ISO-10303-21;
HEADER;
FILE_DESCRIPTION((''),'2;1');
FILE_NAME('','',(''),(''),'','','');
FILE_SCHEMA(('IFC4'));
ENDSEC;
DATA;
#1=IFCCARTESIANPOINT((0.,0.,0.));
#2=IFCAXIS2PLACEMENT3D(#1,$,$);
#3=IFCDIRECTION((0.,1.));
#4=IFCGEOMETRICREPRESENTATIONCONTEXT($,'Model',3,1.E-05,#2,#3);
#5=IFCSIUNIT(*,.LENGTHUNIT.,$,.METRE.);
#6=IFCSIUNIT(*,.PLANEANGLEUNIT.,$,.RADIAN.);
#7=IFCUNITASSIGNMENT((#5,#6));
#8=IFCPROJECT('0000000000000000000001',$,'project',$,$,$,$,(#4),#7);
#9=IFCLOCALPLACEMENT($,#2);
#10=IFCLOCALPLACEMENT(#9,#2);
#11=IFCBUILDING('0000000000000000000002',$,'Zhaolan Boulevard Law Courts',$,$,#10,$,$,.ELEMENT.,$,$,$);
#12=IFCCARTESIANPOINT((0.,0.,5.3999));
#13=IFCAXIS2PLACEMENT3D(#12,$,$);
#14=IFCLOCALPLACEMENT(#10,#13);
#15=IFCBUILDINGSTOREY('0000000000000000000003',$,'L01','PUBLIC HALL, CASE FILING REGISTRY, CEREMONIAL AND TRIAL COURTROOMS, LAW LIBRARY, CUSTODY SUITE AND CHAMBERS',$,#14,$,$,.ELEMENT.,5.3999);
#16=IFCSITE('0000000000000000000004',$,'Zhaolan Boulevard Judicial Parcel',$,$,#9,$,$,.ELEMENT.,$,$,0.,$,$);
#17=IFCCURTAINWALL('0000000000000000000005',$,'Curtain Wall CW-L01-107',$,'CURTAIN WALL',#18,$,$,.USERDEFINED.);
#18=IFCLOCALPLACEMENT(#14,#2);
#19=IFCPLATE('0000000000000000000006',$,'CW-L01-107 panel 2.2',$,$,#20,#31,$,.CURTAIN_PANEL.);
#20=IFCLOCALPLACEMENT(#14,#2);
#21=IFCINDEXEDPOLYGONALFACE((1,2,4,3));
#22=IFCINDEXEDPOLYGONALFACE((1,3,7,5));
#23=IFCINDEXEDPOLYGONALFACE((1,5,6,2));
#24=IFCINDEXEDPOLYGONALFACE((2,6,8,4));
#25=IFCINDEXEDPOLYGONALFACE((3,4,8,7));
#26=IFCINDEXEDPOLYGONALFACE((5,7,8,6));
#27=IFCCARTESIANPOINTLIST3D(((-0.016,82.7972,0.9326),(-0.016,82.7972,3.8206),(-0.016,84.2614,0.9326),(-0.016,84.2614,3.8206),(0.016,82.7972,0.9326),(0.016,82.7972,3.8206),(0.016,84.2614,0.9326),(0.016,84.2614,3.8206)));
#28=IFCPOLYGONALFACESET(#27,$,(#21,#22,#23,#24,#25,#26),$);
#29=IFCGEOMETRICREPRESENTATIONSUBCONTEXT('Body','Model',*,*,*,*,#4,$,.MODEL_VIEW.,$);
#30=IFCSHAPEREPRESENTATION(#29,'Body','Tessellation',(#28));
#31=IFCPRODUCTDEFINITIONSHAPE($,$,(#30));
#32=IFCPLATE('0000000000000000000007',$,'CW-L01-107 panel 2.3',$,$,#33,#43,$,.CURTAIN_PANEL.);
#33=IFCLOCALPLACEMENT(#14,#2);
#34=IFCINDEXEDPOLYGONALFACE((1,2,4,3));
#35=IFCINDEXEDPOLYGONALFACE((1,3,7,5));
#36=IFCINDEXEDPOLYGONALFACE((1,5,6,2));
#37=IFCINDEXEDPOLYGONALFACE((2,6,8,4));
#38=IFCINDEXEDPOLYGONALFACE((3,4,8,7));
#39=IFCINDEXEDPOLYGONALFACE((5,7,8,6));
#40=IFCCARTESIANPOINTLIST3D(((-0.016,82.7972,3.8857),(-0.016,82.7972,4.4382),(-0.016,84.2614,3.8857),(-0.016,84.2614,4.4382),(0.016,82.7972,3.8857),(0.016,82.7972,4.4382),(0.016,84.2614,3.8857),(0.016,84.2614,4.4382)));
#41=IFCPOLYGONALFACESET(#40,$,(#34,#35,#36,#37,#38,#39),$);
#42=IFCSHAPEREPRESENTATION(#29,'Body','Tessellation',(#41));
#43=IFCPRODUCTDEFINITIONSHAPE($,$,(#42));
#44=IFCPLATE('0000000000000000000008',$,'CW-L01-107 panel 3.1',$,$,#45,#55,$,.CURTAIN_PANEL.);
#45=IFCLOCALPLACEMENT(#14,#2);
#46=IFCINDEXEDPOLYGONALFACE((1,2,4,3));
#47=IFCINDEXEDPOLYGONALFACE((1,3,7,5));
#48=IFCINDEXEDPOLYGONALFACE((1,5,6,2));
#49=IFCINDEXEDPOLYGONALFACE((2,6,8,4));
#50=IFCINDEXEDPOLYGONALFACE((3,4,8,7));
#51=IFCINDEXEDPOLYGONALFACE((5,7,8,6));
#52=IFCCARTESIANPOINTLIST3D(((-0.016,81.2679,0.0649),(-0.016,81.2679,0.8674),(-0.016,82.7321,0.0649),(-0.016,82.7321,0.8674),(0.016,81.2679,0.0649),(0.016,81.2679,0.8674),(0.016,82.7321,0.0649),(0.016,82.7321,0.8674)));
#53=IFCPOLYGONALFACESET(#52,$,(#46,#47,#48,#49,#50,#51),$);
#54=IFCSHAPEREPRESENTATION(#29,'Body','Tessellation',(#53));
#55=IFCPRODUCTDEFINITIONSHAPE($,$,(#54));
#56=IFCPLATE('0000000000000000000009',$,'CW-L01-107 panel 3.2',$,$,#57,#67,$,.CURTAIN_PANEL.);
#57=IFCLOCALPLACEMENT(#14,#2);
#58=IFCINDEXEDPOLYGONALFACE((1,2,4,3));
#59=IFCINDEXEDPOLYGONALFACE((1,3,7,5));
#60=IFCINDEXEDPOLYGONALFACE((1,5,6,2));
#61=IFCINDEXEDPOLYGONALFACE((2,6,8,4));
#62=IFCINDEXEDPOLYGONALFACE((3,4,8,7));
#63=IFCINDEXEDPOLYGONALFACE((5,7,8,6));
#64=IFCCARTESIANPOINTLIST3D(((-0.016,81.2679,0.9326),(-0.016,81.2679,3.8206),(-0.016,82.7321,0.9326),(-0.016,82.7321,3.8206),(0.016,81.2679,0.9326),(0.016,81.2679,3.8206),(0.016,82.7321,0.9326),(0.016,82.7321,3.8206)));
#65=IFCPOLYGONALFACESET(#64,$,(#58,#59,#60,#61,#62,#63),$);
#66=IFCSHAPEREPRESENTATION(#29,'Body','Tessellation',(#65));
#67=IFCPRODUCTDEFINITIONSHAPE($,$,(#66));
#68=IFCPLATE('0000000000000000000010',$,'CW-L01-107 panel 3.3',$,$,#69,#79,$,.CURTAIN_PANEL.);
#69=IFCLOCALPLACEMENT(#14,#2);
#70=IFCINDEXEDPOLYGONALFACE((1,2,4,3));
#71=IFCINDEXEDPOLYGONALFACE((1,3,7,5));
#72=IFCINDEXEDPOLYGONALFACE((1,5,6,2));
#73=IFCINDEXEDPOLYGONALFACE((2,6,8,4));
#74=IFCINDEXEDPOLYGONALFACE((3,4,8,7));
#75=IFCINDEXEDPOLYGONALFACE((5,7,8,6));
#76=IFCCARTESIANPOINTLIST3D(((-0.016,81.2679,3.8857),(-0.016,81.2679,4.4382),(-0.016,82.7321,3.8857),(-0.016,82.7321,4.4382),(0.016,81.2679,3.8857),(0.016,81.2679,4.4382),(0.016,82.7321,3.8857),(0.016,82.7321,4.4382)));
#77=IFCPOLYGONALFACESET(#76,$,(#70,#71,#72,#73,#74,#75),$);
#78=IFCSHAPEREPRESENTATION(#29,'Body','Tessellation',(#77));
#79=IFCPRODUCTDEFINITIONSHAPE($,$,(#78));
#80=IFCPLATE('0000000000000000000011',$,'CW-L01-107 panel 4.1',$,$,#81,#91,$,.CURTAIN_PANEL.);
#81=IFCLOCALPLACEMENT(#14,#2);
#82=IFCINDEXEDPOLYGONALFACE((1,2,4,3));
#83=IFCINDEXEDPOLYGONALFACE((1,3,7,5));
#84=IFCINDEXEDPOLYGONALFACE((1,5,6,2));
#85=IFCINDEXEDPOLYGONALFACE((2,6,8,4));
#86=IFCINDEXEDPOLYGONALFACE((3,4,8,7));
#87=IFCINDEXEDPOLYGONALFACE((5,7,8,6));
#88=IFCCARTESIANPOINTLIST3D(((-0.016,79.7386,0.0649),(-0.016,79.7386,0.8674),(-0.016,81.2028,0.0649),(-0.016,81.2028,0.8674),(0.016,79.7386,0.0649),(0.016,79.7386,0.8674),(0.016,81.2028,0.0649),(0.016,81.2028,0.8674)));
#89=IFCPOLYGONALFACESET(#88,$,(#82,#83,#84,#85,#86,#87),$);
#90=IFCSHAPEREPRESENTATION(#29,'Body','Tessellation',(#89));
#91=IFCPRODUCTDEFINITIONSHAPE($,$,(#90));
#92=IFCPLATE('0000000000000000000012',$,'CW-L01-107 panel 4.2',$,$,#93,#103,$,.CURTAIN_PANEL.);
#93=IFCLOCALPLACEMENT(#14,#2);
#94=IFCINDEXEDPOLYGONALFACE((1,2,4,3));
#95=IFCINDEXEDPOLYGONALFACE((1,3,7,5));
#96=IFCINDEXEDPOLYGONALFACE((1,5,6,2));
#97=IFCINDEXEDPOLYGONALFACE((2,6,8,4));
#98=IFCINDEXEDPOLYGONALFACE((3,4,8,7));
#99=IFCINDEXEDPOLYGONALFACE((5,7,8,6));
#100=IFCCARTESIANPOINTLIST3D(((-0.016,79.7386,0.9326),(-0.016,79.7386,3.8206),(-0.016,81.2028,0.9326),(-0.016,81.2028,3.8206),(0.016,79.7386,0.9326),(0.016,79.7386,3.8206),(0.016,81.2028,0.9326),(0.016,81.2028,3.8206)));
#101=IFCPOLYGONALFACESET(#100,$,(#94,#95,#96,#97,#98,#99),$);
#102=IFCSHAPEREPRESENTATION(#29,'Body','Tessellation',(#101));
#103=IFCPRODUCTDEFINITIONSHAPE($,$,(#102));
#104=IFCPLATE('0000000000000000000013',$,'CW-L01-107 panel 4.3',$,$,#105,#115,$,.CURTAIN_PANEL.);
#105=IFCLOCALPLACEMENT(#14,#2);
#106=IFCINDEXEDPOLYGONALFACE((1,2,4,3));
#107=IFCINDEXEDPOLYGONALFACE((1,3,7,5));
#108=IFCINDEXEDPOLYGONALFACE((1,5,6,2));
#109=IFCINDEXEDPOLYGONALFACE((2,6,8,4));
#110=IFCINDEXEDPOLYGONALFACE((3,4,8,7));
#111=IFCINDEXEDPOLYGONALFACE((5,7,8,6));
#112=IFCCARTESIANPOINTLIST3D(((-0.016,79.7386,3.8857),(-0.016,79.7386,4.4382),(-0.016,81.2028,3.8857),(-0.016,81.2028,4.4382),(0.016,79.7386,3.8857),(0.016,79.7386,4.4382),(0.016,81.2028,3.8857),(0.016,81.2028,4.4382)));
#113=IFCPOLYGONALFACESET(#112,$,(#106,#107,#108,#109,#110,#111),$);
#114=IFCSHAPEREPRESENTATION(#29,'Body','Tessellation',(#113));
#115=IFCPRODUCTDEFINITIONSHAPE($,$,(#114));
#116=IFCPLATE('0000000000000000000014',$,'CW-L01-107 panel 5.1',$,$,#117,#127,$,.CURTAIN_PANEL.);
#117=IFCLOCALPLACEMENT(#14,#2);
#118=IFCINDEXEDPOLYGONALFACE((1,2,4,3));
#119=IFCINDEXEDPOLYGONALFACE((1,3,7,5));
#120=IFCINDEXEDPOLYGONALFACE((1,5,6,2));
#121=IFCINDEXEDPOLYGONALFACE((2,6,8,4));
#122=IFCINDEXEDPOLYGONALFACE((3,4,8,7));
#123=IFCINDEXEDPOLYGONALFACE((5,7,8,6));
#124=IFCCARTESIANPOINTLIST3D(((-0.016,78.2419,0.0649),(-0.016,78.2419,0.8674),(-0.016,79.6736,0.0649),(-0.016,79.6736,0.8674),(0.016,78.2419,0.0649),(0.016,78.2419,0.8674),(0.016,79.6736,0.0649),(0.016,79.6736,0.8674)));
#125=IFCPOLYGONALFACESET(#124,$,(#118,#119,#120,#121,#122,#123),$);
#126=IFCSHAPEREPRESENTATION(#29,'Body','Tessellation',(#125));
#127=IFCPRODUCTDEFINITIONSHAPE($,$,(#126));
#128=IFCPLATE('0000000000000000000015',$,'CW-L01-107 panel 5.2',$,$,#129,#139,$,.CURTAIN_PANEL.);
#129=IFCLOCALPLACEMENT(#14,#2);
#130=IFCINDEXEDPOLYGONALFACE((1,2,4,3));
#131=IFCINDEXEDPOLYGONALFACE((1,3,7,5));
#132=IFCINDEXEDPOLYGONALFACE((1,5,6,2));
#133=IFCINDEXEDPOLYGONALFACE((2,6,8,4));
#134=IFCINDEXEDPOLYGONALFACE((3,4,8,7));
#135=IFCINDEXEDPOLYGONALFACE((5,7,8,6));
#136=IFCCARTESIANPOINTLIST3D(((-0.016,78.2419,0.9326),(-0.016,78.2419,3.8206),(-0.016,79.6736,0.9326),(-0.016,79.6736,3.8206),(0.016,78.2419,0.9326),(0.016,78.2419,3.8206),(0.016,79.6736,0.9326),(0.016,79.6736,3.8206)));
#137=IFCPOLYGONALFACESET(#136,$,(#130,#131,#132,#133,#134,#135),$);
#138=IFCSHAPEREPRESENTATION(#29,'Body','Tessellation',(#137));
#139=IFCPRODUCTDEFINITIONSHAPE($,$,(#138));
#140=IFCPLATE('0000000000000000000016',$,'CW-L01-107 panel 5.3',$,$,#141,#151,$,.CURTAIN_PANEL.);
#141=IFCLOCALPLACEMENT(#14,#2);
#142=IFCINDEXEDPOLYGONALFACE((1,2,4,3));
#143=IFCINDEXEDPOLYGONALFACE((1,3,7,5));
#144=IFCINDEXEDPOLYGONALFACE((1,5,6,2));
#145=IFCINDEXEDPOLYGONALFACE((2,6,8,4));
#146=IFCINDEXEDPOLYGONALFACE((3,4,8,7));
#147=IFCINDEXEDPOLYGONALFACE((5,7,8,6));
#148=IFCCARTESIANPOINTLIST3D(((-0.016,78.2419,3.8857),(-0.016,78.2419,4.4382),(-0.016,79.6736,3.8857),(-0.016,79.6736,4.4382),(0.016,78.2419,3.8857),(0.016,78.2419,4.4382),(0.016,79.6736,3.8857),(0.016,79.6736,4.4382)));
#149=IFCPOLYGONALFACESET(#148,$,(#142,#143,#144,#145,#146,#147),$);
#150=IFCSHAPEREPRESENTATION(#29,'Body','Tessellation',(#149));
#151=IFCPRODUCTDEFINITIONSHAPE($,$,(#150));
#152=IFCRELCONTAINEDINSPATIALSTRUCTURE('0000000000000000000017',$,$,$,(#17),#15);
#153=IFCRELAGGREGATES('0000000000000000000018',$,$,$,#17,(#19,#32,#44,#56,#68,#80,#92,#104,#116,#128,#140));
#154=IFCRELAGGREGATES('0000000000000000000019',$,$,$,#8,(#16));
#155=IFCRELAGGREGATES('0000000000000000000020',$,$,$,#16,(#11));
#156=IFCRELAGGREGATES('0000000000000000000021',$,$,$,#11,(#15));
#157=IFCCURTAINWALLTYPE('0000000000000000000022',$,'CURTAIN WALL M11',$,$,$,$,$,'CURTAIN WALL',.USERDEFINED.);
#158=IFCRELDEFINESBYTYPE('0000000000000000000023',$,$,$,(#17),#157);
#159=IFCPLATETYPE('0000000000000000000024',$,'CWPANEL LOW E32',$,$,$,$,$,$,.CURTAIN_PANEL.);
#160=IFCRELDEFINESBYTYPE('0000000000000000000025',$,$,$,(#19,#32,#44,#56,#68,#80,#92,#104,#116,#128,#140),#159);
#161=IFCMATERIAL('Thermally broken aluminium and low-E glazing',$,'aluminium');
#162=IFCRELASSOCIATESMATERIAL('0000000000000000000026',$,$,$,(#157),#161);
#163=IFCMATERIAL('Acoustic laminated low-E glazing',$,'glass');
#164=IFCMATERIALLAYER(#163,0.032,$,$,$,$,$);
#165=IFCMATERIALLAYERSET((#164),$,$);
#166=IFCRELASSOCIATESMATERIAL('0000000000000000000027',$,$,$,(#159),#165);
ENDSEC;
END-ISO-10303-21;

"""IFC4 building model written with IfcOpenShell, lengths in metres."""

from ifc_helpers import new_model, si_unit, direction, frame, origin, origin_2d, place, context, subcontext, project, spatial, rectangle, extrude, material, layer, layer_set, type_object, element, aggregate, save


model = new_model("IFC4")

# Units and contexts
model_context = context("Model", 3, precision=1e-05, world=origin(), true_north=direction((0.0, 1.0)))
body_context = subcontext(model_context, "Body", "Model", "MODEL_VIEW")
ifc_project = project(units=[si_unit("LENGTHUNIT", "METRE"), si_unit("PLANEANGLEUNIT", "RADIAN")], contexts=[model_context])

# Site, building, storey
site_placement = place(None, origin())
site = spatial("IfcSite", under=ifc_project, at=site_placement, Name="Zhaolan Boulevard Judicial Parcel", CompositionType="ELEMENT", RefElevation=0.0)
building_placement = place(site_placement, origin())
building = spatial("IfcBuilding", under=site, at=building_placement, Name="Zhaolan Boulevard Law Courts", CompositionType="ELEMENT")
storey_placement = place(building_placement, frame((0.0, 0.0, 5.3999)))
storey = spatial("IfcBuildingStorey", under=building, at=storey_placement, Name="L01", Description="PUBLIC HALL, CASE FILING REGISTRY, CEREMONIAL AND TRIAL COURTROOMS, LAW LIBRARY, CUSTODY SUITE AND CHAMBERS", CompositionType="ELEMENT", Elevation=5.3999)

# Curtain wall
ifc_material_1 = material(Name="Thermally broken aluminium and low-E glazing", Category="aluminium")
curtain_wall_type = type_object("IfcCurtainWallType", Name="CURTAIN WALL M11", ElementType="CURTAIN WALL", PredefinedType="USERDEFINED", material=ifc_material_1)
curtain_wall_placement = place(storey_placement, origin())
curtain_wall = element("IfcCurtainWall", 1, at=curtain_wall_placement, inside=storey, type_object=curtain_wall_type, Name="Curtain Wall CW-L01-107", ObjectType="CURTAIN WALL", PredefinedType="USERDEFINED")

# Plates
ifc_material_2 = material(Name="Acoustic laminated low-E glazing", Category="glass")
ifc_layer = layer(ifc_material_2, 0.032)
ifc_layer_set = layer_set([ifc_layer])
plate_type = type_object("IfcPlateType", Name="CWPANEL LOW E32", PredefinedType="CURTAIN_PANEL", material=ifc_layer_set)
plate_1_placement = place(storey_placement, frame((0.0, 83.5293, 0.9326), z_axis=(0.0, 0.0, 1.0), x_axis=(0.0, -1.0, 0.0)))
plate_1 = element("IfcPlate", 2, at=plate_1_placement, type_object=plate_type, Name="CW-L01-107 panel 2.2", PredefinedType="CURTAIN_PANEL", context=body_context, shape_type="SweptSolid", body=[
    extrude(rectangle(XDim=1.4641, YDim=0.032, at=origin_2d()), origin(), (0.0, 0.0, 1.0), 2.8879),
])
plate_2_placement = place(storey_placement, frame((0.0, 83.5293, 3.8857), z_axis=(0.0, 0.0, 1.0), x_axis=(0.0, -1.0, 0.0)))
plate_2 = element("IfcPlate", 3, at=plate_2_placement, type_object=plate_type, Name="CW-L01-107 panel 2.3", PredefinedType="CURTAIN_PANEL", context=body_context, shape_type="SweptSolid", body=[
    extrude(rectangle(XDim=1.4641, YDim=0.032, at=origin_2d()), origin(), (0.0, 0.0, 1.0), 0.5525),
])
plate_3_placement = place(storey_placement, frame((0.0, 82.0, 0.0649), z_axis=(0.0, 0.0, 1.0), x_axis=(0.0, -1.0, 0.0)))
plate_3 = element("IfcPlate", 4, at=plate_3_placement, type_object=plate_type, Name="CW-L01-107 panel 3.1", PredefinedType="CURTAIN_PANEL", context=body_context, shape_type="SweptSolid", body=[
    extrude(rectangle(XDim=1.4641, YDim=0.032, at=origin_2d()), origin(), (0.0, 0.0, 1.0), 0.8025),
])
plate_4_placement = place(storey_placement, frame((0.0, 82.0, 0.9326), z_axis=(0.0, 0.0, 1.0), x_axis=(0.0, -1.0, 0.0)))
plate_4 = element("IfcPlate", 5, at=plate_4_placement, type_object=plate_type, Name="CW-L01-107 panel 3.2", PredefinedType="CURTAIN_PANEL", context=body_context, shape_type="SweptSolid", body=[
    extrude(rectangle(XDim=1.4641, YDim=0.032, at=origin_2d()), origin(), (0.0, 0.0, 1.0), 2.8879),
])
plate_5_placement = place(storey_placement, frame((0.0, 82.0, 3.8857), z_axis=(0.0, 0.0, 1.0), x_axis=(0.0, -1.0, 0.0)))
plate_5 = element("IfcPlate", 6, at=plate_5_placement, type_object=plate_type, Name="CW-L01-107 panel 3.3", PredefinedType="CURTAIN_PANEL", context=body_context, shape_type="SweptSolid", body=[
    extrude(rectangle(XDim=1.4641, YDim=0.032, at=origin_2d()), origin(), (0.0, 0.0, 1.0), 0.5525),
])
plate_6_placement = place(storey_placement, frame((0.0, 80.4707, 0.0649), z_axis=(0.0, 0.0, 1.0), x_axis=(0.0, -1.0, 0.0)))
plate_6 = element("IfcPlate", 7, at=plate_6_placement, type_object=plate_type, Name="CW-L01-107 panel 4.1", PredefinedType="CURTAIN_PANEL", context=body_context, shape_type="SweptSolid", body=[
    extrude(rectangle(XDim=1.4641, YDim=0.032, at=origin_2d()), origin(), (0.0, 0.0, 1.0), 0.8025),
])
plate_7_placement = place(storey_placement, frame((0.0, 80.4707, 0.9326), z_axis=(0.0, 0.0, 1.0), x_axis=(0.0, -1.0, 0.0)))
plate_7 = element("IfcPlate", 8, at=plate_7_placement, type_object=plate_type, Name="CW-L01-107 panel 4.2", PredefinedType="CURTAIN_PANEL", context=body_context, shape_type="SweptSolid", body=[
    extrude(rectangle(XDim=1.4641, YDim=0.032, at=origin_2d()), origin(), (0.0, 0.0, 1.0), 2.8879),
])
plate_8_placement = place(storey_placement, frame((0.0, 80.4707, 3.8857), z_axis=(0.0, 0.0, 1.0), x_axis=(0.0, -1.0, 0.0)))
plate_8 = element("IfcPlate", 9, at=plate_8_placement, type_object=plate_type, Name="CW-L01-107 panel 4.3", PredefinedType="CURTAIN_PANEL", context=body_context, shape_type="SweptSolid", body=[
    extrude(rectangle(XDim=1.4641, YDim=0.032, at=origin_2d()), origin(), (0.0, 0.0, 1.0), 0.5525),
])
plate_9_placement = place(storey_placement, frame((0.0, 78.9578, 0.0649), z_axis=(0.0, 0.0, 1.0), x_axis=(0.0, -1.0, 0.0)))
plate_9 = element("IfcPlate", 10, at=plate_9_placement, type_object=plate_type, Name="CW-L01-107 panel 5.1", PredefinedType="CURTAIN_PANEL", context=body_context, shape_type="SweptSolid", body=[
    extrude(rectangle(XDim=1.4316, YDim=0.032, at=origin_2d()), origin(), (0.0, 0.0, 1.0), 0.8025),
])
plate_10_placement = place(storey_placement, frame((0.0, 78.9578, 0.9326), z_axis=(0.0, 0.0, 1.0), x_axis=(0.0, -1.0, 0.0)))
plate_10 = element("IfcPlate", 11, at=plate_10_placement, type_object=plate_type, Name="CW-L01-107 panel 5.2", PredefinedType="CURTAIN_PANEL", context=body_context, shape_type="SweptSolid", body=[
    extrude(rectangle(XDim=1.4316, YDim=0.032, at=origin_2d()), origin(), (0.0, 0.0, 1.0), 2.8879),
])
plate_11_placement = place(storey_placement, frame((0.0, 78.9578, 3.8857), z_axis=(0.0, 0.0, 1.0), x_axis=(0.0, -1.0, 0.0)))
plate_11 = element("IfcPlate", 12, at=plate_11_placement, type_object=plate_type, Name="CW-L01-107 panel 5.3", PredefinedType="CURTAIN_PANEL", context=body_context, shape_type="SweptSolid", body=[
    extrude(rectangle(XDim=1.4316, YDim=0.032, at=origin_2d()), origin(), (0.0, 0.0, 1.0), 0.5525),
])
aggregate(curtain_wall, [plate_1, plate_2, plate_3, plate_4, plate_5, plate_6, plate_7, plate_8, plate_9, plate_10, plate_11])

save(model, "model.ifc")
